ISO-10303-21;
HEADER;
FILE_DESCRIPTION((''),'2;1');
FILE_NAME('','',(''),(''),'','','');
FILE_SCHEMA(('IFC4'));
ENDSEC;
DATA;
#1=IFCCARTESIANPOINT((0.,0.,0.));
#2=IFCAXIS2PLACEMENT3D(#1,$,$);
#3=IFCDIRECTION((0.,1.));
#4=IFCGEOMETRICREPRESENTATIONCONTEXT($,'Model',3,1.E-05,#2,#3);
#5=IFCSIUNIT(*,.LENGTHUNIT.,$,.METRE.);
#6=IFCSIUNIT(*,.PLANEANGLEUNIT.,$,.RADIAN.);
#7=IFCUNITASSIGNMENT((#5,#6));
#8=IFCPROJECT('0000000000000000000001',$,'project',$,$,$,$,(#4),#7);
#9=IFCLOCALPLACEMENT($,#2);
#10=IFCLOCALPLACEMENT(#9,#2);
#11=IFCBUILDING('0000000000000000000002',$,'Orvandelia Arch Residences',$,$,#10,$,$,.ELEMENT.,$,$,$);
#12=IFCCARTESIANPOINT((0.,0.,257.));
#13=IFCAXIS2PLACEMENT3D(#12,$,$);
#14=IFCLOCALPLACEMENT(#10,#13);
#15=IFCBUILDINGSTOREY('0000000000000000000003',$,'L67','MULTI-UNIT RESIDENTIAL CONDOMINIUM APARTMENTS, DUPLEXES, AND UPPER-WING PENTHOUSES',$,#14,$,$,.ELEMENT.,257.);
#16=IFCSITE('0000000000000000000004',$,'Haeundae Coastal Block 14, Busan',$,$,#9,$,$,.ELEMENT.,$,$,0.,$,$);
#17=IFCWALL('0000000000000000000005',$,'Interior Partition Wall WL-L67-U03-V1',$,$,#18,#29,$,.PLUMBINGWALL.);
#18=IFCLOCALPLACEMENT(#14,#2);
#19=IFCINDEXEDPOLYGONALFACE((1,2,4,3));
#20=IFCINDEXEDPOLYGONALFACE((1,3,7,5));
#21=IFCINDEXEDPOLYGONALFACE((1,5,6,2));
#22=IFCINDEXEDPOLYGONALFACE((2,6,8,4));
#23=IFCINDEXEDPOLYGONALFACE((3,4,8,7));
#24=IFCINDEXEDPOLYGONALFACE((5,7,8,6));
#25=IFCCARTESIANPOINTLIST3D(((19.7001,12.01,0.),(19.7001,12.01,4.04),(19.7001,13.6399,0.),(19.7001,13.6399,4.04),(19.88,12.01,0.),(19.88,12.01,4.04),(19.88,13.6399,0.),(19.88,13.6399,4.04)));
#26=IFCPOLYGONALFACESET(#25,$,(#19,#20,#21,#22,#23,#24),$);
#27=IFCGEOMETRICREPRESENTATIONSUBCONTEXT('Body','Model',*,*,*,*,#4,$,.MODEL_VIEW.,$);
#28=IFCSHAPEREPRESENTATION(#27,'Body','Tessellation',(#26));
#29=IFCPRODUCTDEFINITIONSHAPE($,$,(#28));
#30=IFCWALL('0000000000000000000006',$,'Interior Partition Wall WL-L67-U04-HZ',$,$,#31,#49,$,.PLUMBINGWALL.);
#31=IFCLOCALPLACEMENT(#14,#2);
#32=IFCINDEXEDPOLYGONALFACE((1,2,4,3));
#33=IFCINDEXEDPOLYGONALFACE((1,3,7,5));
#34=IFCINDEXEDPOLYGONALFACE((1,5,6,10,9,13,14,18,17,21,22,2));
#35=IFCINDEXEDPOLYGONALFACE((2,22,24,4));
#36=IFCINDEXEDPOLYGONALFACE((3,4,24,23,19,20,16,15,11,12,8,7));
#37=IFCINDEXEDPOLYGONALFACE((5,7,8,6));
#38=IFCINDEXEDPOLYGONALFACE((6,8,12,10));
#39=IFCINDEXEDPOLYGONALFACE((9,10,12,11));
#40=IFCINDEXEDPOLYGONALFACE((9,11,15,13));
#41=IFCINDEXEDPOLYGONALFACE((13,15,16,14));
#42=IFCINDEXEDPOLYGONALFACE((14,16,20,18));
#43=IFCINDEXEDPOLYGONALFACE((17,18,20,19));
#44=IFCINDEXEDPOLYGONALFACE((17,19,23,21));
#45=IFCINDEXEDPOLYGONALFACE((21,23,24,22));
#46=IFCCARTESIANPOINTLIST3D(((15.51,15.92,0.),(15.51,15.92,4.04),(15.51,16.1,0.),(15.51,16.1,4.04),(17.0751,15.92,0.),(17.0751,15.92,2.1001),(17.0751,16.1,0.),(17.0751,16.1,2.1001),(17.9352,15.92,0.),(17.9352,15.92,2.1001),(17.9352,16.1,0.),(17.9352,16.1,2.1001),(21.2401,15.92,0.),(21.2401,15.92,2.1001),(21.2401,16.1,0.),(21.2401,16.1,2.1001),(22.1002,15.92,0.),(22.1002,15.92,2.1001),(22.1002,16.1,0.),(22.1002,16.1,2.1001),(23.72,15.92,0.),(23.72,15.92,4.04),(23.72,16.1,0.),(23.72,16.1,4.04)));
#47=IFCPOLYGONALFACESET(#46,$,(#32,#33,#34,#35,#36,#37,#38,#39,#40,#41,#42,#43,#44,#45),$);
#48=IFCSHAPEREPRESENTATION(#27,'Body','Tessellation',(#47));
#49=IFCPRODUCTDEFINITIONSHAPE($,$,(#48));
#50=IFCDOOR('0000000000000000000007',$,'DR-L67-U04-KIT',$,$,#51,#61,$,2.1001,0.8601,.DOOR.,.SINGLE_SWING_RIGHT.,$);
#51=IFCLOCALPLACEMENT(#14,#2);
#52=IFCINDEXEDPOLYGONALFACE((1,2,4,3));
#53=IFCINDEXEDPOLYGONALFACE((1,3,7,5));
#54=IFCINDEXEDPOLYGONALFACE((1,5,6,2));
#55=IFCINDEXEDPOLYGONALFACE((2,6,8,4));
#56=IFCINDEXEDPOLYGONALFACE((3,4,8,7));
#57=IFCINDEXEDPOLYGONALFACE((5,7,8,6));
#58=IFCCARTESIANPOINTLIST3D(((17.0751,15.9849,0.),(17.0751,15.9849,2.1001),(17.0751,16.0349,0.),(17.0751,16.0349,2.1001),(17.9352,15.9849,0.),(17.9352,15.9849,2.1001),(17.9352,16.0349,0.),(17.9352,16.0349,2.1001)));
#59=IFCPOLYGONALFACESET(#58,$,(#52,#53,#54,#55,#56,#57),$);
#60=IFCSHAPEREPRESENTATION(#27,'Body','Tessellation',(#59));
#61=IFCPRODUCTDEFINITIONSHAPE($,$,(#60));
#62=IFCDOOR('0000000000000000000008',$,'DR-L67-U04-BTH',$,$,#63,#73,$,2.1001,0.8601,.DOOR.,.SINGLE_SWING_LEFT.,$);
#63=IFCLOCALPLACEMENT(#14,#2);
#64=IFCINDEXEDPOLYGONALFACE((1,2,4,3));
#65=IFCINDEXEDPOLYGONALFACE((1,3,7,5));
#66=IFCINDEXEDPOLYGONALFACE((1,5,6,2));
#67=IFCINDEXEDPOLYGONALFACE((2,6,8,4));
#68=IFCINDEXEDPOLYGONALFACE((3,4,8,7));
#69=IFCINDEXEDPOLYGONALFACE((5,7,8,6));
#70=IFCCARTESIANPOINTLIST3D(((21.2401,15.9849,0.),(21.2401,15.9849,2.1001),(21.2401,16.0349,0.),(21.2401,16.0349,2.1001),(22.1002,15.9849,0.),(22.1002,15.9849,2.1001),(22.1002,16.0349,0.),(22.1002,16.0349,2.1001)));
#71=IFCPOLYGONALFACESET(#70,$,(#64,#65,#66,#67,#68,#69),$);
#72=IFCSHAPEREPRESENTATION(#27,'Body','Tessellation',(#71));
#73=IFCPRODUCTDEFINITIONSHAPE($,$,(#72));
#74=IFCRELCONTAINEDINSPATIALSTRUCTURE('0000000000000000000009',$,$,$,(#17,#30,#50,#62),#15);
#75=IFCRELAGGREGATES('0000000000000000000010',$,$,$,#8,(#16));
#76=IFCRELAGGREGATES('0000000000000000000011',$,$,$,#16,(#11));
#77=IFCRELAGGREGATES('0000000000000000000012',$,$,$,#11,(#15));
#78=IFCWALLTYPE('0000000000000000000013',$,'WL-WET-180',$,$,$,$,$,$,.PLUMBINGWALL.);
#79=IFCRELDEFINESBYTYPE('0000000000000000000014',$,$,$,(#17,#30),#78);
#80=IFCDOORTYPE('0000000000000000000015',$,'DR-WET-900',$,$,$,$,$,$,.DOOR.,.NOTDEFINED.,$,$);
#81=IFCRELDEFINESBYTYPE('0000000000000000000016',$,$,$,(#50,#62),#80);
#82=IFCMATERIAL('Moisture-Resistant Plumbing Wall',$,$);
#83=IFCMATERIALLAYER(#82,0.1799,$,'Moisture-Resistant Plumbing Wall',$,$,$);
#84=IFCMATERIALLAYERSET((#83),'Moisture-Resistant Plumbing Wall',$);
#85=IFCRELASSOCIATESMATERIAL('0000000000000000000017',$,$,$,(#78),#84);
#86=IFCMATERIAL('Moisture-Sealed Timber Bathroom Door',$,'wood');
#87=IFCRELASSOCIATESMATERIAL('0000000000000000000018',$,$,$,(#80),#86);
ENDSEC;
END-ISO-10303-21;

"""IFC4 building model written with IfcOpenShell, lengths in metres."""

from ifc_helpers import new_model, si_unit, direction, frame, frame_2d, origin, place, context, subcontext, project, spatial, rectangle, extrude, material, layer, layer_set, type_object, element, fill, save


model = new_model("IFC4")

# Units and contexts
model_context = context("Model", 3, precision=1e-05, world=origin(), true_north=direction((0.0, 1.0)))
body_context = subcontext(model_context, "Body", "Model", "MODEL_VIEW")
ifc_project = project(units=[si_unit("LENGTHUNIT", "METRE"), si_unit("PLANEANGLEUNIT", "RADIAN")], contexts=[model_context])

# Site, building, storey
site_placement = place(None, origin())
site = spatial("IfcSite", under=ifc_project, at=site_placement, Name="Haeundae Coastal Block 14, Busan", CompositionType="ELEMENT", RefElevation=0.0)
building_placement = place(site_placement, origin())
building = spatial("IfcBuilding", under=site, at=building_placement, Name="Orvandelia Arch Residences", CompositionType="ELEMENT")
storey_placement = place(building_placement, frame((0.0, 0.0, 257.0)))
storey = spatial("IfcBuildingStorey", under=building, at=storey_placement, Name="L67", Description="MULTI-UNIT RESIDENTIAL CONDOMINIUM APARTMENTS, DUPLEXES, AND UPPER-WING PENTHOUSES", CompositionType="ELEMENT", Elevation=257.0)

# Shared definitions
ifc_material_1 = material(Name="Moisture-Resistant Plumbing Wall")
ifc_layer_1 = layer(ifc_material_1, 0.1799, Name="Moisture-Resistant Plumbing Wall")
ifc_layer_set_1 = layer_set([ifc_layer_1], Name="Moisture-Resistant Plumbing Wall")
wall_type_1 = type_object("IfcWallType", Name="WL-WET-180", PredefinedType="PLUMBINGWALL", material=ifc_layer_set_1)

# Shared definitions
ifc_material_2 = material(Name="Moisture-Sealed Timber Bathroom Door", Category="wood")
door_type_1 = type_object("IfcDoorType", Name="DR-WET-900", OperationType="NOTDEFINED", PredefinedType="DOOR", material=ifc_material_2)

# Wall
wall_1_placement = place(storey_placement, frame((19.79, 12.01, 0.0), z_axis=(0.0, 0.0, 1.0), x_axis=(0.0, 1.0, 0.0)))
element("IfcWall", 1, at=wall_1_placement, inside=storey, type_object=wall_type_1, Name="Interior Partition Wall WL-L67-U03-V1", PredefinedType="PLUMBINGWALL", context=body_context, shape_type="SweptSolid", body=[
    extrude(rectangle(XDim=1.6299, YDim=0.1799, at=frame_2d((0.8149, 0.0))), origin(), (0.0, 0.0, 1.0), 4.04),
])

# Wall, openings, doors
wall_2_placement = place(storey_placement, frame((15.51, 16.01, 0.0), z_axis=(0.0, 0.0, 1.0), x_axis=(1.0, 0.0, 0.0)))
wall_2 = element("IfcWall", 2, at=wall_2_placement, inside=storey, type_object=wall_type_1, Name="Interior Partition Wall WL-L67-U04-HZ", PredefinedType="PLUMBINGWALL", context=body_context, shape_type="SweptSolid", body=[
    extrude(rectangle(XDim=8.21, YDim=0.1799, at=frame_2d((4.105, 0.0))), origin(), (0.0, 0.0, 1.0), 4.04),
])
opening_1_placement = place(wall_2_placement, frame((1.5649, 0.0, 0.0)))
opening_1 = element("IfcOpeningElement", 3, at=opening_1_placement, cuts=wall_2, PredefinedType="OPENING", context=body_context, shape_type="SweptSolid", body=[
    extrude(rectangle(XDim=0.8601, YDim=2.1001, at=frame_2d((0.4302, 1.05))), frame((0.0, 0.1001, 0.0), z_axis=(0.0, -1.0, 0.0), x_axis=(1.0, 0.0, 0.0)), (0.0, 0.0, 1.0), 0.2),
])
opening_2_placement = place(wall_2_placement, frame((5.73, 0.0, 0.0)))
opening_2 = element("IfcOpeningElement", 4, at=opening_2_placement, cuts=wall_2, PredefinedType="OPENING", context=body_context, shape_type="SweptSolid", body=[
    extrude(rectangle(XDim=0.8601, YDim=2.1001, at=frame_2d((0.4302, 1.05))), frame((0.0, 0.1001, 0.0), z_axis=(0.0, -1.0, 0.0), x_axis=(1.0, 0.0, 0.0)), (0.0, 0.0, 1.0), 0.2),
])
door_1_placement = place(opening_1_placement, origin())
door_1 = element("IfcDoor", 5, at=door_1_placement, inside=storey, type_object=door_type_1, Name="DR-L67-U04-KIT", OperationType="SINGLE_SWING_RIGHT", OverallHeight=2.1001, OverallWidth=0.8601, PredefinedType="DOOR", context=body_context, shape_type="SweptSolid", body=[
    extrude(rectangle(XDim=0.8601, YDim=2.1001, at=frame_2d((0.4302, 1.05))), frame((0.0, 0.0249, 0.0), z_axis=(0.0, -1.0, 0.0), x_axis=(1.0, 0.0, 0.0)), (0.0, 0.0, 1.0), 0.05),
])
fill(opening_1, door_1)
door_2_placement = place(opening_2_placement, origin())
door_2 = element("IfcDoor", 6, at=door_2_placement, inside=storey, type_object=door_type_1, Name="DR-L67-U04-BTH", OperationType="SINGLE_SWING_LEFT", OverallHeight=2.1001, OverallWidth=0.8601, PredefinedType="DOOR", context=body_context, shape_type="SweptSolid", body=[
    extrude(rectangle(XDim=0.8601, YDim=2.1001, at=frame_2d((0.4302, 1.05))), frame((0.0, 0.0249, 0.0), z_axis=(0.0, -1.0, 0.0), x_axis=(1.0, 0.0, 0.0)), (0.0, 0.0, 1.0), 0.05),
])
fill(opening_2, door_2)

save(model, "model.ifc")
